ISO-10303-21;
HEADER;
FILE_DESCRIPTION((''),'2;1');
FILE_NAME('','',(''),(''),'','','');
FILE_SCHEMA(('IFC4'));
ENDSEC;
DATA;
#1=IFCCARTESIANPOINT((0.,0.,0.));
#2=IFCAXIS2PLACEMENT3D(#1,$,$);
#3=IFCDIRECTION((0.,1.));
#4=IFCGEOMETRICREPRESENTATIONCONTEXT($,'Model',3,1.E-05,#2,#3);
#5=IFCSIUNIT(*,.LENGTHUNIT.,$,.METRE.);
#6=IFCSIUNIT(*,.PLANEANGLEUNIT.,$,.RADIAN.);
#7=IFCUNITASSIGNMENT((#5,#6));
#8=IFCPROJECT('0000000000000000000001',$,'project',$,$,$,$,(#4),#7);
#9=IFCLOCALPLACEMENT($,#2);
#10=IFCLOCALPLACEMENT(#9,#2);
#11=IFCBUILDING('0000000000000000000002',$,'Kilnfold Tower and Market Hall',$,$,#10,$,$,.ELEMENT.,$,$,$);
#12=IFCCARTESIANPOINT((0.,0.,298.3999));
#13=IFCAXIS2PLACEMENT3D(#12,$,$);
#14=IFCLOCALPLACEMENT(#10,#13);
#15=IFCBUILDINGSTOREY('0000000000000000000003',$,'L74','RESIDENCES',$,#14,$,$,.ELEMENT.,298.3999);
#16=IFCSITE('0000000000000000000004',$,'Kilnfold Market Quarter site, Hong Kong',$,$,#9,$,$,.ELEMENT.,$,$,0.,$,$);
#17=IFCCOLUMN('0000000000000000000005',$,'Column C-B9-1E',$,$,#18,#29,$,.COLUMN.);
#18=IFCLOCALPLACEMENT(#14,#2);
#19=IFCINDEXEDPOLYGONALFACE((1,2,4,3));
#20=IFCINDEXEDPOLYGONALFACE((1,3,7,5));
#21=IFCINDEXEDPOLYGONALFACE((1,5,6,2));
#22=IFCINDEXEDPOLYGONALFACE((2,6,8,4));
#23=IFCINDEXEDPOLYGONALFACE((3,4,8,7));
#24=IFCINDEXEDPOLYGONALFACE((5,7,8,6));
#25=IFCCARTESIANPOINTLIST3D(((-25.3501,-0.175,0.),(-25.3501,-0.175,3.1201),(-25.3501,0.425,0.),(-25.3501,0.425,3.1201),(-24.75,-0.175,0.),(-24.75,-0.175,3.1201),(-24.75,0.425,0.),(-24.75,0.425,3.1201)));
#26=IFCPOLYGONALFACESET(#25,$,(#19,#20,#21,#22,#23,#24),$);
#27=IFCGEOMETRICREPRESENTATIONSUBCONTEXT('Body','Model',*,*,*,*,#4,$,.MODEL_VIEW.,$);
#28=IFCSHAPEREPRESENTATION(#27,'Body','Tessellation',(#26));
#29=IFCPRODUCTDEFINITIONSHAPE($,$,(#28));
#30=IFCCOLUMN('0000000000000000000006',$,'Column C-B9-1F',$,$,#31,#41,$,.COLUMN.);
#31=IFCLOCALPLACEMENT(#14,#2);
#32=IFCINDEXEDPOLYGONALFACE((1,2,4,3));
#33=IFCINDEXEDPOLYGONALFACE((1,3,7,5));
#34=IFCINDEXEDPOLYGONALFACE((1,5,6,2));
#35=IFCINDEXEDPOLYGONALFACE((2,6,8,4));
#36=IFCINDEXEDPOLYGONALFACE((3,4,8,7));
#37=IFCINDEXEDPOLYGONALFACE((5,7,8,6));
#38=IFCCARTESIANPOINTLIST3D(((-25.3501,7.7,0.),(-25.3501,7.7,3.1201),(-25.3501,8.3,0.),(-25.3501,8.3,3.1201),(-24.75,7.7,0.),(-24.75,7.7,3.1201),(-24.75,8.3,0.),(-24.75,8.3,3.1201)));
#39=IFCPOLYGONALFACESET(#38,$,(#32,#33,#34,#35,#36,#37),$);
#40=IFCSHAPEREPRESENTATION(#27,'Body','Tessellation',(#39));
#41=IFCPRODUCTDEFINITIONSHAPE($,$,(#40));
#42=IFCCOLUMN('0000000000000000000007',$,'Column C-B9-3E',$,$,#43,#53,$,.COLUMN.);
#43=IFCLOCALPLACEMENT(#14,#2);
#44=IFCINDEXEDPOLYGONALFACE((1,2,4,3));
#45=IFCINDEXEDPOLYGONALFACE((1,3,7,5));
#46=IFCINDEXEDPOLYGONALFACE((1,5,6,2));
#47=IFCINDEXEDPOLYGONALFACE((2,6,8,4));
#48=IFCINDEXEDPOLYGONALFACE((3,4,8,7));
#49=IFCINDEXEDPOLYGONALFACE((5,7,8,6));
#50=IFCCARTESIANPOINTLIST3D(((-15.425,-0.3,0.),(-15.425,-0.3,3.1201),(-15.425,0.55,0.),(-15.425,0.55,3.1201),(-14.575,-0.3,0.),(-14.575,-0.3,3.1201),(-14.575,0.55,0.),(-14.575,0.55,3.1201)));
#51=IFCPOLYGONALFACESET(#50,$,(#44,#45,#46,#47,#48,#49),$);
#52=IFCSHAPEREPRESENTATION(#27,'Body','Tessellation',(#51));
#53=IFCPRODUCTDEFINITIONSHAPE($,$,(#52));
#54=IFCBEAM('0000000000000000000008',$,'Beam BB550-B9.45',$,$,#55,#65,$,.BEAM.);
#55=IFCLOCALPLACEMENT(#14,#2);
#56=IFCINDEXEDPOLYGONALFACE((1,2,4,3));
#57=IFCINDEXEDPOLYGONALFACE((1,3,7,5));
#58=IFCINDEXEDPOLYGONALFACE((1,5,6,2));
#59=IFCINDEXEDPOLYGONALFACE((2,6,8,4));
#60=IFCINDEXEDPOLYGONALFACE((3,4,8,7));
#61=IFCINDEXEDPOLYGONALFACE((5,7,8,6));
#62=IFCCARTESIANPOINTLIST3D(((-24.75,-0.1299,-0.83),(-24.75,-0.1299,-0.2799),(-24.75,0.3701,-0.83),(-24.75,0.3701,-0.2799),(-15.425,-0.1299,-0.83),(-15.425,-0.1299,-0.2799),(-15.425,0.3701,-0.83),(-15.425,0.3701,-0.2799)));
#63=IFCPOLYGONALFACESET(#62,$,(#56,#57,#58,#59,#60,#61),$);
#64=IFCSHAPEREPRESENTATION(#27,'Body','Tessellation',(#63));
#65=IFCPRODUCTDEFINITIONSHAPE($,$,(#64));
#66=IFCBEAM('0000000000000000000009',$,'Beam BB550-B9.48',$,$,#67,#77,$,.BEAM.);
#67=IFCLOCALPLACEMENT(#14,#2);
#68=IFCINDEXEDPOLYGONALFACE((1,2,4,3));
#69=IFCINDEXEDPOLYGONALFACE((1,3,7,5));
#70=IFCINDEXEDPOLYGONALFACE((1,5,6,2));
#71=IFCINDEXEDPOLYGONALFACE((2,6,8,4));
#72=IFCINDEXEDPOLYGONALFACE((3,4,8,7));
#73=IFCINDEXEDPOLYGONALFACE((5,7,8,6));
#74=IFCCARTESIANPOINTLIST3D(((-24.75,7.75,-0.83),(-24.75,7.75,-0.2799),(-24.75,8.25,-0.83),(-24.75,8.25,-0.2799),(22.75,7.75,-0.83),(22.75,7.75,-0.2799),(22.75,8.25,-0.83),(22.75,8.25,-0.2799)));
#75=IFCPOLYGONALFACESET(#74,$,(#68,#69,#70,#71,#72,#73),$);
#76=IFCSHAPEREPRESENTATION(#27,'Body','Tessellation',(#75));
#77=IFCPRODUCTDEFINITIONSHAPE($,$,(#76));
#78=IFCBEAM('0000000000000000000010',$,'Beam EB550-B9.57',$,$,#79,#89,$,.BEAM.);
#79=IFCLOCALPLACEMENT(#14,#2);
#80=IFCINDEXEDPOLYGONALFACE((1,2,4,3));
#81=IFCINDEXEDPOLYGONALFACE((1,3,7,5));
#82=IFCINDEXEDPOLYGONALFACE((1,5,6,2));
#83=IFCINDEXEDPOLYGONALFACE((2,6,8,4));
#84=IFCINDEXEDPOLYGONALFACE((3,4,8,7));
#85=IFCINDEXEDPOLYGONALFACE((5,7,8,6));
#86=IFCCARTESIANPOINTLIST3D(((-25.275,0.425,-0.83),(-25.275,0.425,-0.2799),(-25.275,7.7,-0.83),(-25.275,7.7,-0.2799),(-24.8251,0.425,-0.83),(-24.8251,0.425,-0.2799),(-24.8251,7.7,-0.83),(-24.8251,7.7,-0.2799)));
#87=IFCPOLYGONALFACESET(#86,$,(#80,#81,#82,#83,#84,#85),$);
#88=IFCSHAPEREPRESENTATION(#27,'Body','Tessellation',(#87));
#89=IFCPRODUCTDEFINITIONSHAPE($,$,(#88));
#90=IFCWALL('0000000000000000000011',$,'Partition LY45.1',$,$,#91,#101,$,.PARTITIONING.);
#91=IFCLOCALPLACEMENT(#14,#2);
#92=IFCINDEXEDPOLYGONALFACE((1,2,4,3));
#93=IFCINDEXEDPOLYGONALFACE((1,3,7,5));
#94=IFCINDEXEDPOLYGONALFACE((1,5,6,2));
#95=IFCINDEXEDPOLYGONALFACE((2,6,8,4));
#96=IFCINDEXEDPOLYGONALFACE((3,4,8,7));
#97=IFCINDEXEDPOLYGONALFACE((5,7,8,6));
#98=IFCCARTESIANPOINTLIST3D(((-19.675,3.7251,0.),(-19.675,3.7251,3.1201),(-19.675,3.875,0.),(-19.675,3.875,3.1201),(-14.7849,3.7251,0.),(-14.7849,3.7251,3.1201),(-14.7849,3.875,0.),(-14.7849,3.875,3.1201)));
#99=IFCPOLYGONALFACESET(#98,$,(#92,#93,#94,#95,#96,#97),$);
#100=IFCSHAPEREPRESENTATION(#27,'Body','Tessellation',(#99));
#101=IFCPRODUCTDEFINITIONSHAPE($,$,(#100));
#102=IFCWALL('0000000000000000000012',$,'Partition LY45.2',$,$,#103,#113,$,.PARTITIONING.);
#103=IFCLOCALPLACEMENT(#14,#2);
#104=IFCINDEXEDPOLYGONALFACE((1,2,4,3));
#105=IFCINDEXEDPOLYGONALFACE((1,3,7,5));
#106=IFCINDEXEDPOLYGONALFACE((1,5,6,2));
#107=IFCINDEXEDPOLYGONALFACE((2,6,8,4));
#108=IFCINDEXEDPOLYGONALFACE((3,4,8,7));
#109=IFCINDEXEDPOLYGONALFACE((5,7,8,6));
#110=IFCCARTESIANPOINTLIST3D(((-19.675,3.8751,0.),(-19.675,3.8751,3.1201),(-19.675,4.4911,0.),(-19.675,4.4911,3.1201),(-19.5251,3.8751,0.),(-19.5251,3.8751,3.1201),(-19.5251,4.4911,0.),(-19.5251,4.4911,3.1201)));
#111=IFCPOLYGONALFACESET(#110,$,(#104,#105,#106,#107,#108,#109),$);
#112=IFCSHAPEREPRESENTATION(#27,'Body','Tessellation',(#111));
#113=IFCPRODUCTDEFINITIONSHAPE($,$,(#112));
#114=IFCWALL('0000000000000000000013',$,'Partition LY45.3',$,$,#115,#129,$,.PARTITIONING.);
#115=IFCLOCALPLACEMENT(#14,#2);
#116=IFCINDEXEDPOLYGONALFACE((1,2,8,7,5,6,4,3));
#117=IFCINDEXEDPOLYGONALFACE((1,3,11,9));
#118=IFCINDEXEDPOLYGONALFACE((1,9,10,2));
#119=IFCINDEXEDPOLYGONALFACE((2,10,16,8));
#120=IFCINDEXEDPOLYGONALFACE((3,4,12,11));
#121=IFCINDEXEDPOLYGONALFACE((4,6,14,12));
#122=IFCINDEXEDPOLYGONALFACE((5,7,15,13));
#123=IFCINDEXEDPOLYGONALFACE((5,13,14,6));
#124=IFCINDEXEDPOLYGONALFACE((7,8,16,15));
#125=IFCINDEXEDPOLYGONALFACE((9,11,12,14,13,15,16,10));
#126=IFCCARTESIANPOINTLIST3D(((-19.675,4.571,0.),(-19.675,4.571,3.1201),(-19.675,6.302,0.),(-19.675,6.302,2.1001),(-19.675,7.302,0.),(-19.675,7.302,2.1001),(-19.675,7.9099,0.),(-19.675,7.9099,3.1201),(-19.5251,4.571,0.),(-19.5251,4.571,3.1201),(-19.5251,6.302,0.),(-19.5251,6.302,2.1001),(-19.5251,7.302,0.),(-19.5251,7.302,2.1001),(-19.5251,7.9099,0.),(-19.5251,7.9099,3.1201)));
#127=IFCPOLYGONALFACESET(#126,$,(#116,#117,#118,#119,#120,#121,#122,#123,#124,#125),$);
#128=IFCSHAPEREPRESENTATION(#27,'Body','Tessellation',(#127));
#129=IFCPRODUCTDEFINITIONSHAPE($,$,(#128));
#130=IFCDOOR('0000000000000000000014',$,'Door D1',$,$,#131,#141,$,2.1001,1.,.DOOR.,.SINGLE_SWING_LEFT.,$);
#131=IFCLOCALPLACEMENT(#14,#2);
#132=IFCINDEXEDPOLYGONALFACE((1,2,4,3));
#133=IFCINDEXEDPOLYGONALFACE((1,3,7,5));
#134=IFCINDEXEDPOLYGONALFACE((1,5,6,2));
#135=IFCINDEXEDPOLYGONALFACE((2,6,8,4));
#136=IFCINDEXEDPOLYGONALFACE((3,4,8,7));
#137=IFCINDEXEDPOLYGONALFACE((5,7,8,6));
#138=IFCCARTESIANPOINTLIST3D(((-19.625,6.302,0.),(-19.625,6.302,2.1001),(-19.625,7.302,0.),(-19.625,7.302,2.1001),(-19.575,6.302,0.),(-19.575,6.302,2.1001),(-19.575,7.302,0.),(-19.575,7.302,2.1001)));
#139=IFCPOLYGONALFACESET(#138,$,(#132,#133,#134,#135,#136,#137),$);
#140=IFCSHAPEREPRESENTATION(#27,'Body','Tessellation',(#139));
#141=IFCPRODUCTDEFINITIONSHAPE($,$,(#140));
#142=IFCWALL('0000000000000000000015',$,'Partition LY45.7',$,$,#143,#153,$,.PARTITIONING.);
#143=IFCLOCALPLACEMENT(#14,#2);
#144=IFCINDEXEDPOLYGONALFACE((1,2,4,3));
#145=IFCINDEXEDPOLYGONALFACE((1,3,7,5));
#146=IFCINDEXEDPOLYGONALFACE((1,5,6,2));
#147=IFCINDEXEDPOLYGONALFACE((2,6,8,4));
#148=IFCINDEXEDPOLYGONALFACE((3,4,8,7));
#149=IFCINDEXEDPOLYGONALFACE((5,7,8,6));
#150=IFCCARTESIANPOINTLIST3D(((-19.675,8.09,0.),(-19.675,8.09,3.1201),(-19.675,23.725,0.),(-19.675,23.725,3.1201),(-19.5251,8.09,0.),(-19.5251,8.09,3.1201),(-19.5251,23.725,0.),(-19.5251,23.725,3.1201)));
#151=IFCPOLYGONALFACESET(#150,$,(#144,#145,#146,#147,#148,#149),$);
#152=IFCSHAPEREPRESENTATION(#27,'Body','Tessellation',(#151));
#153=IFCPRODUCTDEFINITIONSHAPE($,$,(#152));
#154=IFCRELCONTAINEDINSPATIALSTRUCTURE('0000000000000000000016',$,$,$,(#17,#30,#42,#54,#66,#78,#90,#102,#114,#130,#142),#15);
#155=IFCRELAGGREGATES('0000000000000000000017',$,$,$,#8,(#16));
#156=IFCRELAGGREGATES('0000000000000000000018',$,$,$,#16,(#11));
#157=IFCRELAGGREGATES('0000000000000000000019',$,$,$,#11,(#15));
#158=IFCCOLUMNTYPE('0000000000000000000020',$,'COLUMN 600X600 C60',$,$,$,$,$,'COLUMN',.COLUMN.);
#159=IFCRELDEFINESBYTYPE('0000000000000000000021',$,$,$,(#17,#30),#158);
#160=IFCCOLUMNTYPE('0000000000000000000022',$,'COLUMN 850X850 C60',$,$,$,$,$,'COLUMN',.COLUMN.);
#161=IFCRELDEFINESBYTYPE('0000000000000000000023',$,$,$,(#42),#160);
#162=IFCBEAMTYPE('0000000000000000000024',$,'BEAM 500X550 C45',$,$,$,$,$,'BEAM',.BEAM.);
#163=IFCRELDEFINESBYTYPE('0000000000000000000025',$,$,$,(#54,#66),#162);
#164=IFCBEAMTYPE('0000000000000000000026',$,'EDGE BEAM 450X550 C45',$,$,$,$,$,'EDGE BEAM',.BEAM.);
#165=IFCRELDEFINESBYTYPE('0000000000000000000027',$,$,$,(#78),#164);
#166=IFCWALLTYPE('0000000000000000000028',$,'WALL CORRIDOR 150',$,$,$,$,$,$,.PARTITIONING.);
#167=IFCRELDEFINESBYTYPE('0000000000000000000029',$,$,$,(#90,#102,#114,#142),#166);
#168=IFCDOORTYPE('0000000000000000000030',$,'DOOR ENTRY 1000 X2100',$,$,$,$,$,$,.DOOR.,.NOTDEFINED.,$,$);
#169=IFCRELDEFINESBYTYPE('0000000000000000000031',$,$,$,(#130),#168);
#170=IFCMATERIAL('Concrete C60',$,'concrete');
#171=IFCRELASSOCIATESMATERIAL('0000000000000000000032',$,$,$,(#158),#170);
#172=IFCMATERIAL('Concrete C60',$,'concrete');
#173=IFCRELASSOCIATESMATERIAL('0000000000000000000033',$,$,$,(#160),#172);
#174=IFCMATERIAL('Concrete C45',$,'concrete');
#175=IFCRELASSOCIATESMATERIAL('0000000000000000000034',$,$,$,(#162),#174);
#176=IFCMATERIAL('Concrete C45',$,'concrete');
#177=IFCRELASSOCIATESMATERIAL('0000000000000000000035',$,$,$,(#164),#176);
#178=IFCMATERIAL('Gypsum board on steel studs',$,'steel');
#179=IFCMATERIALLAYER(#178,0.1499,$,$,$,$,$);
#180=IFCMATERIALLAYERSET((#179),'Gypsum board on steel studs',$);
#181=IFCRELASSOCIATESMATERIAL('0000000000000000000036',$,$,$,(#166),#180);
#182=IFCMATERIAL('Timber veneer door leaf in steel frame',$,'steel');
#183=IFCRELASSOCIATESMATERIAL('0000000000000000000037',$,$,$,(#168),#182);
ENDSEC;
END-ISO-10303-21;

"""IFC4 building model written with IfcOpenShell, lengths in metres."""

from ifc_helpers import new_model, si_unit, direction, frame, frame_2d, origin, origin_2d, place, context, subcontext, project, spatial, rectangle, extrude, source, transform, mapped, material, layer, layer_set, material_profile, profile_set, type_object, element, fill, save


model = new_model("IFC4")

# Units and contexts
model_context = context("Model", 3, precision=1e-05, world=origin(), true_north=direction((0.0, 1.0)))
body_context = subcontext(model_context, "Body", "Model", "MODEL_VIEW")
ifc_project = project(units=[si_unit("LENGTHUNIT", "METRE"), si_unit("PLANEANGLEUNIT", "RADIAN")], contexts=[model_context])

# Site, building, storey
site_placement = place(None, origin())
site = spatial("IfcSite", under=ifc_project, at=site_placement, Name="Kilnfold Market Quarter site, Hong Kong", CompositionType="ELEMENT", RefElevation=0.0)
building_placement = place(site_placement, origin())
building = spatial("IfcBuilding", under=site, at=building_placement, Name="Kilnfold Tower and Market Hall", CompositionType="ELEMENT")
storey_placement = place(building_placement, frame((0.0, 0.0, 298.3999)))
storey = spatial("IfcBuildingStorey", under=building, at=storey_placement, Name="L74", Description="RESIDENCES", CompositionType="ELEMENT", Elevation=298.3999)

# Columns
ifc_material_1 = material(Name="Concrete C60", Category="concrete")
ifc_material_profile_1 = material_profile(ifc_material_1, rectangle(XDim=0.6001, YDim=0.6001, at=origin_2d()), Name="RC 600x600")
ifc_profile_set_1 = profile_set([ifc_material_profile_1], Name="Concrete C60")
column_type_1 = type_object("IfcColumnType", Name="COLUMN 600X600 C60", ElementType="COLUMN", PredefinedType="COLUMN", material=ifc_profile_set_1)
shared_shape_1 = source(origin(), body_context, "Body", "SweptSolid", [
    extrude(rectangle(XDim=0.6001, YDim=0.6001, at=origin_2d()), origin(), (0.0, 0.0, 1.0), 3.1201),
])
for number, where, z_axis, x_axis, name in (
    (1, (-25.05, 0.125, 0.0), (0.0, 0.0, 1.0), (1.0, 0.0, 0.0), "Column C-B9-1E"),
    (2, (-25.05, 8.0, 0.0), (0.0, 0.0, 1.0), (1.0, 0.0, 0.0), "Column C-B9-1F"),
):
    element("IfcColumn", number, at=place(storey_placement, frame(where, z_axis=z_axis, x_axis=x_axis)), inside=storey, type_object=column_type_1, Name=name, PredefinedType="COLUMN", context=body_context, shape_type="MappedRepresentation", body=[
        mapped(shared_shape_1, transform((0.0, 0.0, 0.0))),
    ])
ifc_material_2 = material(Name="Concrete C60", Category="concrete")
ifc_material_profile_2 = material_profile(ifc_material_2, rectangle(XDim=0.8501, YDim=0.8501, at=origin_2d()), Name="RC 850x850")
ifc_profile_set_2 = profile_set([ifc_material_profile_2], Name="Concrete C60")
column_type_2 = type_object("IfcColumnType", Name="COLUMN 850X850 C60", ElementType="COLUMN", PredefinedType="COLUMN", material=ifc_profile_set_2)
shared_shape_2 = source(origin(), body_context, "Body", "SweptSolid", [
    extrude(rectangle(XDim=0.8501, YDim=0.8501, at=origin_2d()), origin(), (0.0, 0.0, 1.0), 3.1201),
])
column_placement = place(storey_placement, frame((-15.0, 0.125, 0.0), z_axis=(0.0, 0.0, 1.0), x_axis=(1.0, 0.0, 0.0)))
element("IfcColumn", 3, at=column_placement, inside=storey, type_object=column_type_2, Name="Column C-B9-3E", PredefinedType="COLUMN", context=body_context, shape_type="MappedRepresentation", body=[
    mapped(shared_shape_2, transform((0.0, 0.0, 0.0))),
])

# Beams
ifc_material_3 = material(Name="Concrete C45", Category="concrete")
ifc_material_profile_3 = material_profile(ifc_material_3, rectangle(XDim=0.5, YDim=0.55, at=origin_2d()), Name="RC 500x550")
ifc_profile_set_3 = profile_set([ifc_material_profile_3], Name="Concrete C45")
beam_type_1 = type_object("IfcBeamType", Name="BEAM 500X550 C45", ElementType="BEAM", PredefinedType="BEAM", material=ifc_profile_set_3)
shared_shape_3 = source(origin(), body_context, "Body", "SweptSolid", [
    extrude(rectangle(XDim=0.5, YDim=0.55, at=origin_2d()), origin(), (0.0, 0.0, 1.0), 9.325),
])
beam_1_placement = place(storey_placement, frame((-24.75, 0.1201, -0.5549), z_axis=(1.0, 0.0, 0.0), x_axis=(0.0, 1.0, 0.0)))
element("IfcBeam", 4, at=beam_1_placement, inside=storey, type_object=beam_type_1, Name="Beam BB550-B9.45", PredefinedType="BEAM", context=body_context, shape_type="MappedRepresentation", body=[
    mapped(shared_shape_3, transform((0.0, 0.0, 0.0))),
])
shared_shape_4 = source(origin(), body_context, "Body", "SweptSolid", [
    extrude(rectangle(XDim=0.5, YDim=0.55, at=origin_2d()), origin(), (0.0, 0.0, 1.0), 47.5),
])
beam_2_placement = place(storey_placement, frame((-24.75, 8.0, -0.5549), z_axis=(1.0, 0.0, 0.0), x_axis=(0.0, 1.0, 0.0)))
element("IfcBeam", 5, at=beam_2_placement, inside=storey, type_object=beam_type_1, Name="Beam BB550-B9.48", PredefinedType="BEAM", context=body_context, shape_type="MappedRepresentation", body=[
    mapped(shared_shape_4, transform((0.0, 0.0, 0.0))),
])
ifc_material_4 = material(Name="Concrete C45", Category="concrete")
ifc_material_profile_4 = material_profile(ifc_material_4, rectangle(XDim=0.45, YDim=0.55, at=origin_2d()), Name="RC 450x550")
ifc_profile_set_4 = profile_set([ifc_material_profile_4], Name="Concrete C45")
beam_type_2 = type_object("IfcBeamType", Name="EDGE BEAM 450X550 C45", ElementType="EDGE BEAM", PredefinedType="BEAM", material=ifc_profile_set_4)
shared_shape_5 = source(origin(), body_context, "Body", "SweptSolid", [
    extrude(rectangle(XDim=0.45, YDim=0.55, at=origin_2d()), origin(), (0.0, 0.0, 1.0), 7.2749),
])
beam_3_placement = place(storey_placement, frame((-25.05, 0.425, -0.5549), z_axis=(0.0, 1.0, 0.0), x_axis=(-1.0, 0.0, 0.0)))
element("IfcBeam", 6, at=beam_3_placement, inside=storey, type_object=beam_type_2, Name="Beam EB550-B9.57", PredefinedType="BEAM", context=body_context, shape_type="MappedRepresentation", body=[
    mapped(shared_shape_5, transform((0.0, 0.0, 0.0))),
])

# Walls
ifc_material_5 = material(Name="Gypsum board on steel studs", Category="steel")
ifc_layer_1 = layer(ifc_material_5, 0.1499)
ifc_layer_set_1 = layer_set([ifc_layer_1], Name="Gypsum board on steel studs")
wall_type_1 = type_object("IfcWallType", Name="WALL CORRIDOR 150", PredefinedType="PARTITIONING", material=ifc_layer_set_1)
wall_1_placement = place(storey_placement, frame((-19.675, 3.8, 0.0), z_axis=(0.0, 0.0, 1.0), x_axis=(1.0, 0.0, 0.0)))
element("IfcWall", 7, at=wall_1_placement, inside=storey, type_object=wall_type_1, Name="Partition LY45.1", PredefinedType="PARTITIONING", context=body_context, shape_type="SweptSolid", body=[
    extrude(rectangle(XDim=4.8901, YDim=0.1499, at=frame_2d((2.4451, 0.0))), origin(), (0.0, 0.0, 1.0), 3.1201),
])
wall_2_placement = place(storey_placement, frame((-19.6001, 3.875, 0.0), z_axis=(0.0, 0.0, 1.0), x_axis=(0.0, 1.0, 0.0)))
element("IfcWall", 8, at=wall_2_placement, inside=storey, type_object=wall_type_1, Name="Partition LY45.2", PredefinedType="PARTITIONING", context=body_context, shape_type="SweptSolid", body=[
    extrude(rectangle(XDim=0.616, YDim=0.1499, at=frame_2d((0.3081, 0.0))), origin(), (0.0, 0.0, 1.0), 3.1201),
])

# Wall, opening, door
wall_3_placement = place(storey_placement, frame((-19.6001, 4.571, 0.0), z_axis=(0.0, 0.0, 1.0), x_axis=(0.0, 1.0, 0.0)))
wall_3 = element("IfcWall", 9, at=wall_3_placement, inside=storey, type_object=wall_type_1, Name="Partition LY45.3", PredefinedType="PARTITIONING", context=body_context, shape_type="SweptSolid", body=[
    extrude(rectangle(XDim=3.3389, YDim=0.1499, at=frame_2d((1.6694, 0.0))), origin(), (0.0, 0.0, 1.0), 3.1201),
])
opening_1_placement = place(wall_3_placement, frame((1.731, 0.0, 0.0)))
opening_1 = element("IfcOpeningElement", 10, at=opening_1_placement, cuts=wall_3, PredefinedType="OPENING", context=body_context, shape_type="SweptSolid", body=[
    extrude(rectangle(XDim=1.0, YDim=2.1001, at=frame_2d((0.5, 1.05))), frame((0.0, 0.085, 0.0), z_axis=(0.0, -1.0, 0.0), x_axis=(1.0, 0.0, 0.0)), (0.0, 0.0, 1.0), 0.1699),
])
ifc_material_6 = material(Name="Timber veneer door leaf in steel frame", Category="steel")
door_type_1 = type_object("IfcDoorType", Name="DOOR ENTRY 1000 X2100", OperationType="NOTDEFINED", PredefinedType="DOOR", material=ifc_material_6)
door_1_placement = place(opening_1_placement, origin())
door_1 = element("IfcDoor", 11, at=door_1_placement, inside=storey, type_object=door_type_1, Name="Door D1", OperationType="SINGLE_SWING_LEFT", OverallHeight=2.1001, OverallWidth=1.0, PredefinedType="DOOR", context=body_context, shape_type="SweptSolid", body=[
    extrude(rectangle(XDim=1.0, YDim=2.1001, at=frame_2d((0.5, 1.05))), frame((0.0, 0.0249, 0.0), z_axis=(0.0, -1.0, 0.0), x_axis=(1.0, 0.0, 0.0)), (0.0, 0.0, 1.0), 0.05),
])
fill(opening_1, door_1)

# Wall
wall_4_placement = place(storey_placement, frame((-19.6001, 8.0901, 0.0), z_axis=(0.0, 0.0, 1.0), x_axis=(0.0, 1.0, 0.0)))
element("IfcWall", 12, at=wall_4_placement, inside=storey, type_object=wall_type_1, Name="Partition LY45.7", PredefinedType="PARTITIONING", context=body_context, shape_type="SweptSolid", body=[
    extrude(rectangle(XDim=15.635, YDim=0.1499, at=frame_2d((7.8174, 0.0))), origin(), (0.0, 0.0, 1.0), 3.1201),
])

save(model, "model.ifc")
